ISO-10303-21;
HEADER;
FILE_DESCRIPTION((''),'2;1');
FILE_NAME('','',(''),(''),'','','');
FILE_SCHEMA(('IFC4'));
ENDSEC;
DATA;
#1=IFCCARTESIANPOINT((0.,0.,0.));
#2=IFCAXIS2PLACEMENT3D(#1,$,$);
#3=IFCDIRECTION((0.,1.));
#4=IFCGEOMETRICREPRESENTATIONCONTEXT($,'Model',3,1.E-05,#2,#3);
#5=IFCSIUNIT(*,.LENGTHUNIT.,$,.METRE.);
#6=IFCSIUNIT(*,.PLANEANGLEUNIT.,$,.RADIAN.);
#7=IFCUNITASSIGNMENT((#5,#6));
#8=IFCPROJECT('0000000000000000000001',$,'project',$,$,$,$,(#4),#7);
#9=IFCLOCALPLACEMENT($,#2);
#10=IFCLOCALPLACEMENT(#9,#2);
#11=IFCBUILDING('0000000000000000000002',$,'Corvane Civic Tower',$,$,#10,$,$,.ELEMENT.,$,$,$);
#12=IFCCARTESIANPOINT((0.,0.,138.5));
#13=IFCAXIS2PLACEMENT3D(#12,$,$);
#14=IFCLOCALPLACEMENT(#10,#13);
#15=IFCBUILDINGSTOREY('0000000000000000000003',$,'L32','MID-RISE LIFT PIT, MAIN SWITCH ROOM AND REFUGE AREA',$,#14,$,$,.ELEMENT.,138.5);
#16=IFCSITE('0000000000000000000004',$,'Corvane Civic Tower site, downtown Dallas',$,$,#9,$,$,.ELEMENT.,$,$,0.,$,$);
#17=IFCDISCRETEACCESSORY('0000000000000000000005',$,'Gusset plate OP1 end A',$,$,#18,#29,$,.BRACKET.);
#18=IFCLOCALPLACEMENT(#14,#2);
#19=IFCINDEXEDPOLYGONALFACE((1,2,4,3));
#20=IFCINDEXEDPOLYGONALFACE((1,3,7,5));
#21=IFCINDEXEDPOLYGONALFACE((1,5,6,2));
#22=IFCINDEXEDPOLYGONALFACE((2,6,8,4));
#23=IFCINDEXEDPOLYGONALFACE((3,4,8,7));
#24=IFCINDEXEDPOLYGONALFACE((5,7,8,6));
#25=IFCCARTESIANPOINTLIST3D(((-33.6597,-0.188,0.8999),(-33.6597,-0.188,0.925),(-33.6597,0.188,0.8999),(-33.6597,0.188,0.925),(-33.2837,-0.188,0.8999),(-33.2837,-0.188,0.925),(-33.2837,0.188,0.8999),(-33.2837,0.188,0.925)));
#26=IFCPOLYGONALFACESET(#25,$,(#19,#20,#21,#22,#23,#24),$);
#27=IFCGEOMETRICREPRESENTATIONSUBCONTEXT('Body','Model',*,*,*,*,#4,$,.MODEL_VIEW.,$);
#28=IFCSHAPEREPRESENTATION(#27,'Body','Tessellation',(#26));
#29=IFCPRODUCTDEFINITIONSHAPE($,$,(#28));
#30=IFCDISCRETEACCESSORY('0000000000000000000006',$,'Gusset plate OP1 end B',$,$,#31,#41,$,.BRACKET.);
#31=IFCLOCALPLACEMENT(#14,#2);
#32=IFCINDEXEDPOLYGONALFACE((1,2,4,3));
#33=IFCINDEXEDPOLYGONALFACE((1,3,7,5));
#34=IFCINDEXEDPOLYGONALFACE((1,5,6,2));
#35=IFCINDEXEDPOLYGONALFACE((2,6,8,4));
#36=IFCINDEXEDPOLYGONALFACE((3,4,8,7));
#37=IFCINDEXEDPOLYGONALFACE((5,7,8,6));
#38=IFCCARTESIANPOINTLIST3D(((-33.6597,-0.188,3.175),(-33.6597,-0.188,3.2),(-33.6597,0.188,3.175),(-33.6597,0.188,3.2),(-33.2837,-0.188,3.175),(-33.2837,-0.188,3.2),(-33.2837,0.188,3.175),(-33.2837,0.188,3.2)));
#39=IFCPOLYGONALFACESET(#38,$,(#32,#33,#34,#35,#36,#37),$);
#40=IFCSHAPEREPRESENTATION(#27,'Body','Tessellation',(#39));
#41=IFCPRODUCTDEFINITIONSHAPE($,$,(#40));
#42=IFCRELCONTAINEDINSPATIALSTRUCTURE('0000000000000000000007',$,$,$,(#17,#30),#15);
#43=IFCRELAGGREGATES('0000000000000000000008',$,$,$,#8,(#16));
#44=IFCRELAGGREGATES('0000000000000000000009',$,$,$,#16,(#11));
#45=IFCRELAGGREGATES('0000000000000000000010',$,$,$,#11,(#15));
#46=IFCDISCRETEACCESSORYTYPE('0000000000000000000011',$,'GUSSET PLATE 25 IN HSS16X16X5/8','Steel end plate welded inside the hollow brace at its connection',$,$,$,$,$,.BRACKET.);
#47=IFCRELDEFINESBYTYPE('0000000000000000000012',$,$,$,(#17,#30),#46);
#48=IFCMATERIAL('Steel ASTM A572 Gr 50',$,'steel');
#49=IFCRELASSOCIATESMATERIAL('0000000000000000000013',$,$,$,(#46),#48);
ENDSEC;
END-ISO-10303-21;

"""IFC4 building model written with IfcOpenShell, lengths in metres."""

from ifc_helpers import new_model, si_unit, direction, frame, origin, origin_2d, place, context, subcontext, project, spatial, rectangle, extrude, material, material_profile, profile_set, type_object, element, save


model = new_model("IFC4")

# Units and contexts
model_context = context("Model", 3, precision=1e-05, world=origin(), true_north=direction((0.0, 1.0)))
body_context = subcontext(model_context, "Body", "Model", "MODEL_VIEW")
ifc_project = project(units=[si_unit("LENGTHUNIT", "METRE"), si_unit("PLANEANGLEUNIT", "RADIAN")], contexts=[model_context])

# Site, building, storey
site_placement = place(None, origin())
site = spatial("IfcSite", under=ifc_project, at=site_placement, Name="Corvane Civic Tower site, downtown Dallas", CompositionType="ELEMENT", RefElevation=0.0)
building_placement = place(site_placement, origin())
building = spatial("IfcBuilding", under=site, at=building_placement, Name="Corvane Civic Tower", CompositionType="ELEMENT")
storey_placement = place(building_placement, frame((0.0, 0.0, 138.5)))
storey = spatial("IfcBuildingStorey", under=building, at=storey_placement, Name="L32", Description="MID-RISE LIFT PIT, MAIN SWITCH ROOM AND REFUGE AREA", CompositionType="ELEMENT", Elevation=138.5)

# Discrete accessories
ifc_material_1 = material(Name="Steel ASTM A572 Gr 50", Category="steel")
ifc_material_profile_1 = material_profile(ifc_material_1, rectangle(XDim=0.376, YDim=0.376, at=origin_2d()), Name="GUSSET PLATE 25 IN HSS16X16X5/8")
ifc_profile_set_1 = profile_set([ifc_material_profile_1], Name="Steel ASTM A572 Gr 50")
discrete_accessory_type_1 = type_object("IfcDiscreteAccessoryType", Name="GUSSET PLATE 25 IN HSS16X16X5/8", Description="Steel end plate welded inside the hollow brace at its connection", PredefinedType="BRACKET", material=ifc_profile_set_1)
discrete_accessory_1_placement = place(storey_placement, frame((-33.4717, 0.0, 0.8999), z_axis=(0.0, 0.0, 1.0), x_axis=(1.0, 0.0, 0.0)))
element("IfcDiscreteAccessory", 1, at=discrete_accessory_1_placement, inside=storey, type_object=discrete_accessory_type_1, Name="Gusset plate OP1 end A", PredefinedType="BRACKET", context=body_context, shape_type="SweptSolid", body=[
    extrude(rectangle(XDim=0.376, YDim=0.376, at=origin_2d()), origin(), (0.0, 0.0, 1.0), 0.0251),
])
discrete_accessory_2_placement = place(storey_placement, frame((-33.4717, 0.0, 3.2), z_axis=(0.0, 0.0, -1.0), x_axis=(1.0, 0.0, 0.0)))
element("IfcDiscreteAccessory", 2, at=discrete_accessory_2_placement, inside=storey, type_object=discrete_accessory_type_1, Name="Gusset plate OP1 end B", PredefinedType="BRACKET", context=body_context, shape_type="SweptSolid", body=[
    extrude(rectangle(XDim=0.376, YDim=0.376, at=origin_2d()), origin(), (0.0, 0.0, 1.0), 0.0249),
])

save(model, "model.ifc")
